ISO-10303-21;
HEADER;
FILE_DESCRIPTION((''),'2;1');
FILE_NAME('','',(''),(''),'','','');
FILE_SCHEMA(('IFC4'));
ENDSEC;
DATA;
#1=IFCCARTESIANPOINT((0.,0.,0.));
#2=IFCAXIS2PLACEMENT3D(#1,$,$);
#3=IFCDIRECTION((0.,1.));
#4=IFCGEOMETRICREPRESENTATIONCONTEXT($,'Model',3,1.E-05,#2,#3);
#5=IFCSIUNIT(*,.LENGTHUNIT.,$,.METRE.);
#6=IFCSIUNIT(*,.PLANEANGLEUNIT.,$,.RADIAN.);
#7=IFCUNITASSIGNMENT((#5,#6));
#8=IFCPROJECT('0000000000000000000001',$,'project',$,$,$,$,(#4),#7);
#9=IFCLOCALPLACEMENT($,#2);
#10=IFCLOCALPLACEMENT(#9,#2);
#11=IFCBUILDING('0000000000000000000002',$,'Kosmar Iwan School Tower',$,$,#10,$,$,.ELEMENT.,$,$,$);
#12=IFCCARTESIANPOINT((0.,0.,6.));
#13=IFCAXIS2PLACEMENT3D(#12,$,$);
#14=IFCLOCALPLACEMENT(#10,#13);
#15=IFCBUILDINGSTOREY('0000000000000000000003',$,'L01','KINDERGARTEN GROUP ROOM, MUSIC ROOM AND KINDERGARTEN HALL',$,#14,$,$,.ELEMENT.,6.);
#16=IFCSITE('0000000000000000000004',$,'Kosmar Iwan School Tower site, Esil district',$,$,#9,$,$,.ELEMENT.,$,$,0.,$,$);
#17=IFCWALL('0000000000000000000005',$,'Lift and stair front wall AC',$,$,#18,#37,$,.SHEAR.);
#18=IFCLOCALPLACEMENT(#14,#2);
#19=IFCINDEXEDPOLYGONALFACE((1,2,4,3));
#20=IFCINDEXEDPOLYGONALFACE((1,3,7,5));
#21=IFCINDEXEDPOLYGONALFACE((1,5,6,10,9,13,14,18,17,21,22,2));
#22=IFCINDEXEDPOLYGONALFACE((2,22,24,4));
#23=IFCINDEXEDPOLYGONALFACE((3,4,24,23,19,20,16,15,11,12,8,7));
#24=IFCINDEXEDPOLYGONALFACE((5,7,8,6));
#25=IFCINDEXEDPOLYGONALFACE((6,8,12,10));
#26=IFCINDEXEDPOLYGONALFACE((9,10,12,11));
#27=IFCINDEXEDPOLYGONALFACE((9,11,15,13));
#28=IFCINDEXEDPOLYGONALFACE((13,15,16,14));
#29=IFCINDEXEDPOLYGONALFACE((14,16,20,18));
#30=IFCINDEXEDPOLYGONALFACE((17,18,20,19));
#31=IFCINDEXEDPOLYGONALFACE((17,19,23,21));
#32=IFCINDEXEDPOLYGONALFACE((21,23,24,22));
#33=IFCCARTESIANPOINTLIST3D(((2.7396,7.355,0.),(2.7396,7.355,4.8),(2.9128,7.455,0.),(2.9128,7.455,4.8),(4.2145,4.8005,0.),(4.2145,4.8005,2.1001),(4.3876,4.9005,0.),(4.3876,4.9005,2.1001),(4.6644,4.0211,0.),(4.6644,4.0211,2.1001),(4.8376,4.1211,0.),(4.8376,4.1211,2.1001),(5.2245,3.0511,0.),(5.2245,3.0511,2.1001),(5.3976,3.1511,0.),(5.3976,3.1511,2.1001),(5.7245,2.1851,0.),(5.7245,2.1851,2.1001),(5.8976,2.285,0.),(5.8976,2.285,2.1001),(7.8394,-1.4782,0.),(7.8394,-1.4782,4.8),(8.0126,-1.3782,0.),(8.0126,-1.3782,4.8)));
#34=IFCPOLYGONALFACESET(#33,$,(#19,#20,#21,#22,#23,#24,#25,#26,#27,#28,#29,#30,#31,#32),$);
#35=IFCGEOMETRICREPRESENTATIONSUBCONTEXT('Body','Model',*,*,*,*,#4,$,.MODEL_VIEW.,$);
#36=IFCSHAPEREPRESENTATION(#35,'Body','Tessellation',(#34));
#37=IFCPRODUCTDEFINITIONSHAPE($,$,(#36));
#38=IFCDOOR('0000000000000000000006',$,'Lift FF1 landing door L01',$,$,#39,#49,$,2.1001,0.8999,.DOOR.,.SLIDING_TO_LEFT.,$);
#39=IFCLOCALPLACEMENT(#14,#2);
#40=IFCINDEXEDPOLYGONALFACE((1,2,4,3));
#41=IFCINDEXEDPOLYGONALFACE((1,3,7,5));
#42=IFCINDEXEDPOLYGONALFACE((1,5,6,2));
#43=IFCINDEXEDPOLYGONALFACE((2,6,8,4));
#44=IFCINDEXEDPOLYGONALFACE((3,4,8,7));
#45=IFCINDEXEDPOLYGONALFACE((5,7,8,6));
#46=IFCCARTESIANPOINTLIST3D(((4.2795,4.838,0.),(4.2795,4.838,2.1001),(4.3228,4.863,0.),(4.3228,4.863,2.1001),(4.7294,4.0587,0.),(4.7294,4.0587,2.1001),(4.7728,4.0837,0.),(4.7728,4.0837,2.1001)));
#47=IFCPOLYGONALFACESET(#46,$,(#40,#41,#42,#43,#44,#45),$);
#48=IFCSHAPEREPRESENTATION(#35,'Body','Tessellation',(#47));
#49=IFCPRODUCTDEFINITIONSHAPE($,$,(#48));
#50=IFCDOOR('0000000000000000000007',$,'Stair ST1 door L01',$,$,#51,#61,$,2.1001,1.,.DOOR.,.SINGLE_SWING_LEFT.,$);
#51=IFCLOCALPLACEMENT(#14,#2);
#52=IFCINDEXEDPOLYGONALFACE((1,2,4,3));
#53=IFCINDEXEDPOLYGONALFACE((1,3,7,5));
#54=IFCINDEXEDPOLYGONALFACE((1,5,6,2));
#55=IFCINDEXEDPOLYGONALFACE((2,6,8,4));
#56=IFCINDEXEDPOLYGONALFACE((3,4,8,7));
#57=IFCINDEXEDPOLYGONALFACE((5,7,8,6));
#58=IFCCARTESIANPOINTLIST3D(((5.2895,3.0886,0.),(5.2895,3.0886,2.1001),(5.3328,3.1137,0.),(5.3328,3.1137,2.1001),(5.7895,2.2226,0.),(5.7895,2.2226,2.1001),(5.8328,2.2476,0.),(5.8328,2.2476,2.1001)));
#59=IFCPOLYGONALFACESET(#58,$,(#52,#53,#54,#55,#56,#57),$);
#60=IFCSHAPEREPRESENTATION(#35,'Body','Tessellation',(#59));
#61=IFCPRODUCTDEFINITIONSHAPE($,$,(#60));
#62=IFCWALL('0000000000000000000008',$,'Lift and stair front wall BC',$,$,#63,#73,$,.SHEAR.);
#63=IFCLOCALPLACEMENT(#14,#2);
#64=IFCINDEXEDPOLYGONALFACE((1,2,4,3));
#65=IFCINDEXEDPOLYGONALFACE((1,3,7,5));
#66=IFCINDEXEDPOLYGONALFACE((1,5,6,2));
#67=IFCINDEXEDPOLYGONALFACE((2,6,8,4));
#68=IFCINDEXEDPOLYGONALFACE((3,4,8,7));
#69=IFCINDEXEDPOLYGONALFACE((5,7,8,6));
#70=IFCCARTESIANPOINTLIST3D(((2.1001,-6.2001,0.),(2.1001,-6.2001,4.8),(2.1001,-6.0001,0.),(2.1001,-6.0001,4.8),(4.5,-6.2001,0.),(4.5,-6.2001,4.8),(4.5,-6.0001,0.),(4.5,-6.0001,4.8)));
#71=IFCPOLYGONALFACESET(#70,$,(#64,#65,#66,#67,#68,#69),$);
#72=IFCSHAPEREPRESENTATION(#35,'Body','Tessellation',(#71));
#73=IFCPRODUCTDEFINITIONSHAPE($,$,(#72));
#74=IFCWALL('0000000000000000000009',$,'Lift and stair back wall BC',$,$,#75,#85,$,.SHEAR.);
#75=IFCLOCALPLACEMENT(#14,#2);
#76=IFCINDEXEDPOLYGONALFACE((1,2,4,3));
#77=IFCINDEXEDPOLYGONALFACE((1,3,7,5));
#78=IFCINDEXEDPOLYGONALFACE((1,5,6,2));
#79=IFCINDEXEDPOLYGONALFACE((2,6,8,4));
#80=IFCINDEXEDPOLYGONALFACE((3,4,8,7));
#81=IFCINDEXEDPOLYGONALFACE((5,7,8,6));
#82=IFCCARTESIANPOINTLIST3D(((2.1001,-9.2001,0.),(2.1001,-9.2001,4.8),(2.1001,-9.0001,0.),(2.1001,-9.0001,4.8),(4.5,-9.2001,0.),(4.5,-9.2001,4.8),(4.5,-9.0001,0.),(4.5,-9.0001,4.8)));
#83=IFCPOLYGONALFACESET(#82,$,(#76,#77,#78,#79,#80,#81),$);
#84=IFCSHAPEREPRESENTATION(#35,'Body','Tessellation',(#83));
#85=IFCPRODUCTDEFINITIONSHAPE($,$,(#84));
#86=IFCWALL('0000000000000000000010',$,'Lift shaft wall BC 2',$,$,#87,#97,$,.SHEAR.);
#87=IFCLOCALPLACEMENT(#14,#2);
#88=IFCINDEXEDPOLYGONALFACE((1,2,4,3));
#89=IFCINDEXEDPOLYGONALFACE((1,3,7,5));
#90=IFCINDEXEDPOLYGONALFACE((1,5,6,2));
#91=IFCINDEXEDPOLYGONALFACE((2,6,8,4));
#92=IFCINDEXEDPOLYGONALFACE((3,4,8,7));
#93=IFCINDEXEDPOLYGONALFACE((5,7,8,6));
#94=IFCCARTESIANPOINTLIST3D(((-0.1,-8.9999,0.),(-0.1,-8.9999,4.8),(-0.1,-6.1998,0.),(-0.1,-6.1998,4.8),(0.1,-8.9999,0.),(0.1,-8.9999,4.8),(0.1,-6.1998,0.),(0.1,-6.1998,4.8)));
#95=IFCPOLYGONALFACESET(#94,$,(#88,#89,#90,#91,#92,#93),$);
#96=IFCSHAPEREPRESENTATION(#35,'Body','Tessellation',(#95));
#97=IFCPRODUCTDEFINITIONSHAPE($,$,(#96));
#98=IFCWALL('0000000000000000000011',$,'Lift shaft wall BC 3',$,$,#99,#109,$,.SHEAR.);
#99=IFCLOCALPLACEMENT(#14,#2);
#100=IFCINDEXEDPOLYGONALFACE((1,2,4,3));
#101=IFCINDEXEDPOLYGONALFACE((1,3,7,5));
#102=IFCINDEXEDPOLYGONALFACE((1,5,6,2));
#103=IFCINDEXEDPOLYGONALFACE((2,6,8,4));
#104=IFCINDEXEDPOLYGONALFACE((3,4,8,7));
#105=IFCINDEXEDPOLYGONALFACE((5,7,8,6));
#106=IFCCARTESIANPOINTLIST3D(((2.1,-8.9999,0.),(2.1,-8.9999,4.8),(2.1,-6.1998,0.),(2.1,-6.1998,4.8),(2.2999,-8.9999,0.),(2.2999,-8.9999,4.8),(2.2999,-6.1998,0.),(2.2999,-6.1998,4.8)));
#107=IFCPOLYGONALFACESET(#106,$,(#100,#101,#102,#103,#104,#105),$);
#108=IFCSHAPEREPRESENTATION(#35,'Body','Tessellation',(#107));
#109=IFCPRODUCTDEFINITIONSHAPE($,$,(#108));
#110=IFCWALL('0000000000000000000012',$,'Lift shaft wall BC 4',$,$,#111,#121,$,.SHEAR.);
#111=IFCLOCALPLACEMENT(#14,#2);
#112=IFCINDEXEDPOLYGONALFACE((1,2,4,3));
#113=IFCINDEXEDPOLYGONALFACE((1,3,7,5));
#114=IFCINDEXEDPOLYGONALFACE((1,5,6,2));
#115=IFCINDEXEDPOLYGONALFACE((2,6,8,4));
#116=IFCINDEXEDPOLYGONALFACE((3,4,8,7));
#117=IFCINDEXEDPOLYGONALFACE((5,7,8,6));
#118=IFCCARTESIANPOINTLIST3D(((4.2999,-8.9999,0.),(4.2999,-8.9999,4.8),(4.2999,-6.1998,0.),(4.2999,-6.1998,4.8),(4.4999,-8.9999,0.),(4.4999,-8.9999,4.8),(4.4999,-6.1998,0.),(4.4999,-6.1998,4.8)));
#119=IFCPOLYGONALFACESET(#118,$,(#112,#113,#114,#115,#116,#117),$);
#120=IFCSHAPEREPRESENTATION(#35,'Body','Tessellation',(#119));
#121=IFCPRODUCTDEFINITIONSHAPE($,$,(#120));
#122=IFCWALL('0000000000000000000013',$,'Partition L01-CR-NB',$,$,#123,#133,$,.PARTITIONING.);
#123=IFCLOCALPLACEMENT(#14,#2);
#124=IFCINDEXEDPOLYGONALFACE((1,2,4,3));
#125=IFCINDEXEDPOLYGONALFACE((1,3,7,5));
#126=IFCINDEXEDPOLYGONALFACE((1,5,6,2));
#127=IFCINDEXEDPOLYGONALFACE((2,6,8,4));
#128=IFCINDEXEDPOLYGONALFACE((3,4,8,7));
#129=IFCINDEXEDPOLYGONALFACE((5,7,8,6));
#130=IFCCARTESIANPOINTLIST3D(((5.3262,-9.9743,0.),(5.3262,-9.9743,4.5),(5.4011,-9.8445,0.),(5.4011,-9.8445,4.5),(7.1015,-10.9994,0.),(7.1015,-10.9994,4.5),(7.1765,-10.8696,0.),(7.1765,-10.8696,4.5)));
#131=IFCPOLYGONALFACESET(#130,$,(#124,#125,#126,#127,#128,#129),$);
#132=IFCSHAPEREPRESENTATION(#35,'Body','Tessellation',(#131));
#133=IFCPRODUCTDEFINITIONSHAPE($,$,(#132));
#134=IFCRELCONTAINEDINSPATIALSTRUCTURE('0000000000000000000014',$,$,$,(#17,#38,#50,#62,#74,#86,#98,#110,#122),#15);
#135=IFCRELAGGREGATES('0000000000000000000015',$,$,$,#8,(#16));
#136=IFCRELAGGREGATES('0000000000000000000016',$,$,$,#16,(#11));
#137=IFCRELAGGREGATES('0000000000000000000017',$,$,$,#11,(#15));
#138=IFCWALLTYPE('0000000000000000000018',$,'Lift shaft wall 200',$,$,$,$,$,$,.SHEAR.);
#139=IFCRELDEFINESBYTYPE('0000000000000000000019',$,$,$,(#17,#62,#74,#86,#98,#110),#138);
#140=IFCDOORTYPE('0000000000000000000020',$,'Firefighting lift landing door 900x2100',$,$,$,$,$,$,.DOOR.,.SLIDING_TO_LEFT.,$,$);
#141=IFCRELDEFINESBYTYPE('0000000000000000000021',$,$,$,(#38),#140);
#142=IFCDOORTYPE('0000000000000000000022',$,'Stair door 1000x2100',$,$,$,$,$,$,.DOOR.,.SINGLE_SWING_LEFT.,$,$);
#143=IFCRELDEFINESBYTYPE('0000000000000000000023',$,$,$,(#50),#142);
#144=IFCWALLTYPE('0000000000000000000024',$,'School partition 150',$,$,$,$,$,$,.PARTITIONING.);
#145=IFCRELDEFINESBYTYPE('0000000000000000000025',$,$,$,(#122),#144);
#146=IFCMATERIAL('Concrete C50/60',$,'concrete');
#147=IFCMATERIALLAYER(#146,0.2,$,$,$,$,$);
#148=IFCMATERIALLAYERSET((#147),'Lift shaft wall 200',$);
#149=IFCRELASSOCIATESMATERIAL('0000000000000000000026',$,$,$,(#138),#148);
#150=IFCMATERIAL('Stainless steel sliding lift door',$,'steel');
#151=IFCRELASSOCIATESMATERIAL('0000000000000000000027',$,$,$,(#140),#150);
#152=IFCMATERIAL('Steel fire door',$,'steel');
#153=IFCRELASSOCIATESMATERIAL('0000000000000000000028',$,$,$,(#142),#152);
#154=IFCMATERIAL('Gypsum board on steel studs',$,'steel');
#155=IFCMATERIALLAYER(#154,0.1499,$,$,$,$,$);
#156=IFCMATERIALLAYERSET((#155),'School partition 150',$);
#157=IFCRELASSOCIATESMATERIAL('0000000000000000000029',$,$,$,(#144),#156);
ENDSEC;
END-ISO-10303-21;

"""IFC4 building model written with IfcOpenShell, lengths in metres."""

from ifc_helpers import new_model, si_unit, direction, frame, frame_2d, origin, place, context, subcontext, project, spatial, rectangle, extrude, material, layer, layer_set, type_object, element, fill, save


model = new_model("IFC4")

# Units and contexts
model_context = context("Model", 3, precision=1e-05, world=origin(), true_north=direction((0.0, 1.0)))
body_context = subcontext(model_context, "Body", "Model", "MODEL_VIEW")
ifc_project = project(units=[si_unit("LENGTHUNIT", "METRE"), si_unit("PLANEANGLEUNIT", "RADIAN")], contexts=[model_context])

# Site, building, storey
site_placement = place(None, origin())
site = spatial("IfcSite", under=ifc_project, at=site_placement, Name="Kosmar Iwan School Tower site, Esil district", CompositionType="ELEMENT", RefElevation=0.0)
building_placement = place(site_placement, origin())
building = spatial("IfcBuilding", under=site, at=building_placement, Name="Kosmar Iwan School Tower", CompositionType="ELEMENT")
storey_placement = place(building_placement, frame((0.0, 0.0, 6.0)))
storey = spatial("IfcBuildingStorey", under=building, at=storey_placement, Name="L01", Description="KINDERGARTEN GROUP ROOM, MUSIC ROOM AND KINDERGARTEN HALL", CompositionType="ELEMENT", Elevation=6.0)

# Wall, openings, doors
ifc_material_1 = material(Name="Concrete C50/60", Category="concrete")
ifc_layer_1 = layer(ifc_material_1, 0.2)
ifc_layer_set_1 = layer_set([ifc_layer_1], Name="Lift shaft wall 200")
wall_type_1 = type_object("IfcWallType", Name="Lift shaft wall 200", PredefinedType="SHEAR", material=ifc_layer_set_1)
wall_1_placement = place(storey_placement, frame((7.926, -1.4282, 0.0), z_axis=(0.0, 0.0, 1.0), x_axis=(-0.499998, 0.866027, 0.0)))
wall_1 = element("IfcWall", 1, at=wall_1_placement, inside=storey, type_object=wall_type_1, Name="Lift and stair front wall AC", PredefinedType="SHEAR", context=body_context, shape_type="SweptSolid", body=[
    extrude(rectangle(XDim=10.1997, YDim=0.2, at=frame_2d((5.0999, 0.0))), origin(), (0.0, 0.0, 1.0), 4.8),
])
opening_1_placement = place(wall_1_placement, frame((6.3501, 0.0, 0.0)))
opening_1 = element("IfcOpeningElement", 2, at=opening_1_placement, cuts=wall_1, PredefinedType="OPENING", context=body_context, shape_type="SweptSolid", body=[
    extrude(rectangle(XDim=0.8999, YDim=2.1001, at=frame_2d((0.45, 1.05))), frame((0.0, 0.1121, 0.0), z_axis=(0.0, -1.0, 0.0), x_axis=(1.0, 0.0, 0.0)), (0.0, 0.0, 1.0), 0.2239),
])
opening_2_placement = place(wall_1_placement, frame((4.23, 0.0, 0.0)))
opening_2 = element("IfcOpeningElement", 3, at=opening_2_placement, cuts=wall_1, PredefinedType="OPENING", context=body_context, shape_type="SweptSolid", body=[
    extrude(rectangle(XDim=1.0, YDim=2.1001, at=frame_2d((0.5, 1.05))), frame((0.0, 0.1121, 0.0), z_axis=(0.0, -1.0, 0.0), x_axis=(1.0, 0.0, 0.0)), (0.0, 0.0, 1.0), 0.2239),
])
ifc_material_2 = material(Name="Stainless steel sliding lift door", Category="steel")
door_type_1 = type_object("IfcDoorType", Name="Firefighting lift landing door 900x2100", OperationType="SLIDING_TO_LEFT", PredefinedType="DOOR", material=ifc_material_2)
door_1_placement = place(opening_1_placement, origin())
door_1 = element("IfcDoor", 4, at=door_1_placement, inside=storey, type_object=door_type_1, Name="Lift FF1 landing door L01", OperationType="SLIDING_TO_LEFT", OverallHeight=2.1001, OverallWidth=0.8999, PredefinedType="DOOR", context=body_context, shape_type="SweptSolid", body=[
    extrude(rectangle(XDim=0.8999, YDim=2.1001, at=frame_2d((0.45, 1.05))), frame((0.0, 0.0249, 0.0), z_axis=(0.0, -1.0, 0.0), x_axis=(1.0, 0.0, 0.0)), (0.0, 0.0, 1.0), 0.05),
])
fill(opening_1, door_1)
ifc_material_3 = material(Name="Steel fire door", Category="steel")
door_type_2 = type_object("IfcDoorType", Name="Stair door 1000x2100", OperationType="SINGLE_SWING_LEFT", PredefinedType="DOOR", material=ifc_material_3)
door_2_placement = place(opening_2_placement, origin())
door_2 = element("IfcDoor", 5, at=door_2_placement, inside=storey, type_object=door_type_2, Name="Stair ST1 door L01", OperationType="SINGLE_SWING_LEFT", OverallHeight=2.1001, OverallWidth=1.0, PredefinedType="DOOR", context=body_context, shape_type="SweptSolid", body=[
    extrude(rectangle(XDim=1.0, YDim=2.1001, at=frame_2d((0.5, 1.05))), frame((0.0, 0.0249, 0.0), z_axis=(0.0, -1.0, 0.0), x_axis=(1.0, 0.0, 0.0)), (0.0, 0.0, 1.0), 0.05),
])
fill(opening_2, door_2)

# Walls
for number, where, z_axis, x_axis, name in (
    (6, (2.1001, -6.1001, 0.0), (0.0, 0.0, 1.0), (1.0, 0.0, 0.0), "Lift and stair front wall BC"),
    (7, (2.1001, -9.1001, 0.0), (0.0, 0.0, 1.0), (1.0, 0.0, 0.0), "Lift and stair back wall BC"),
):
    element("IfcWall", number, at=place(storey_placement, frame(where, z_axis=z_axis, x_axis=x_axis)), inside=storey, type_object=wall_type_1, Name=name, PredefinedType="SHEAR", context=body_context, shape_type="SweptSolid", body=[
        extrude(rectangle(XDim=2.3999, YDim=0.2, at=frame_2d((1.2, 0.0))), origin(), (0.0, 0.0, 1.0), 4.8),
    ])
for number, where, z_axis, x_axis, name in (
    (8, (0.0, -6.2, 0.0), (0.0, 0.0, 1.0), (0.0, -1.0, 0.0), "Lift shaft wall BC 2"),
    (9, (2.2, -6.2, 0.0), (0.0, 0.0, 1.0), (0.0, -1.0, 0.0), "Lift shaft wall BC 3"),
    (10, (4.3999, -6.2, 0.0), (0.0, 0.0, 1.0), (0.0, -1.0, 0.0), "Lift shaft wall BC 4"),
):
    element("IfcWall", number, at=place(storey_placement, frame(where, z_axis=z_axis, x_axis=x_axis)), inside=storey, type_object=wall_type_1, Name=name, PredefinedType="SHEAR", context=body_context, shape_type="SweptSolid", body=[
        extrude(rectangle(XDim=2.8, YDim=0.2, at=frame_2d((1.3999, 0.0))), origin(), (0.0, 0.0, 1.0), 4.8),
    ])
ifc_material_4 = material(Name="Gypsum board on steel studs", Category="steel")
ifc_layer_2 = layer(ifc_material_4, 0.1499)
ifc_layer_set_2 = layer_set([ifc_layer_2], Name="School partition 150")
wall_type_2 = type_object("IfcWallType", Name="School partition 150", PredefinedType="PARTITIONING", material=ifc_layer_set_2)
wall_2_placement = place(storey_placement, frame((5.3638, -9.9094, 0.0), z_axis=(0.0, 0.0, 1.0), x_axis=(0.865999, -0.500045, 0.0)))
element("IfcWall", 11, at=wall_2_placement, inside=storey, type_object=wall_type_2, Name="Partition L01-CR-NB", PredefinedType="PARTITIONING", context=body_context, shape_type="SweptSolid", body=[
    extrude(rectangle(XDim=2.05, YDim=0.1499, at=frame_2d((1.0249, 0.0))), origin(), (0.0, 0.0, 1.0), 4.5),
])

save(model, "model.ifc")
